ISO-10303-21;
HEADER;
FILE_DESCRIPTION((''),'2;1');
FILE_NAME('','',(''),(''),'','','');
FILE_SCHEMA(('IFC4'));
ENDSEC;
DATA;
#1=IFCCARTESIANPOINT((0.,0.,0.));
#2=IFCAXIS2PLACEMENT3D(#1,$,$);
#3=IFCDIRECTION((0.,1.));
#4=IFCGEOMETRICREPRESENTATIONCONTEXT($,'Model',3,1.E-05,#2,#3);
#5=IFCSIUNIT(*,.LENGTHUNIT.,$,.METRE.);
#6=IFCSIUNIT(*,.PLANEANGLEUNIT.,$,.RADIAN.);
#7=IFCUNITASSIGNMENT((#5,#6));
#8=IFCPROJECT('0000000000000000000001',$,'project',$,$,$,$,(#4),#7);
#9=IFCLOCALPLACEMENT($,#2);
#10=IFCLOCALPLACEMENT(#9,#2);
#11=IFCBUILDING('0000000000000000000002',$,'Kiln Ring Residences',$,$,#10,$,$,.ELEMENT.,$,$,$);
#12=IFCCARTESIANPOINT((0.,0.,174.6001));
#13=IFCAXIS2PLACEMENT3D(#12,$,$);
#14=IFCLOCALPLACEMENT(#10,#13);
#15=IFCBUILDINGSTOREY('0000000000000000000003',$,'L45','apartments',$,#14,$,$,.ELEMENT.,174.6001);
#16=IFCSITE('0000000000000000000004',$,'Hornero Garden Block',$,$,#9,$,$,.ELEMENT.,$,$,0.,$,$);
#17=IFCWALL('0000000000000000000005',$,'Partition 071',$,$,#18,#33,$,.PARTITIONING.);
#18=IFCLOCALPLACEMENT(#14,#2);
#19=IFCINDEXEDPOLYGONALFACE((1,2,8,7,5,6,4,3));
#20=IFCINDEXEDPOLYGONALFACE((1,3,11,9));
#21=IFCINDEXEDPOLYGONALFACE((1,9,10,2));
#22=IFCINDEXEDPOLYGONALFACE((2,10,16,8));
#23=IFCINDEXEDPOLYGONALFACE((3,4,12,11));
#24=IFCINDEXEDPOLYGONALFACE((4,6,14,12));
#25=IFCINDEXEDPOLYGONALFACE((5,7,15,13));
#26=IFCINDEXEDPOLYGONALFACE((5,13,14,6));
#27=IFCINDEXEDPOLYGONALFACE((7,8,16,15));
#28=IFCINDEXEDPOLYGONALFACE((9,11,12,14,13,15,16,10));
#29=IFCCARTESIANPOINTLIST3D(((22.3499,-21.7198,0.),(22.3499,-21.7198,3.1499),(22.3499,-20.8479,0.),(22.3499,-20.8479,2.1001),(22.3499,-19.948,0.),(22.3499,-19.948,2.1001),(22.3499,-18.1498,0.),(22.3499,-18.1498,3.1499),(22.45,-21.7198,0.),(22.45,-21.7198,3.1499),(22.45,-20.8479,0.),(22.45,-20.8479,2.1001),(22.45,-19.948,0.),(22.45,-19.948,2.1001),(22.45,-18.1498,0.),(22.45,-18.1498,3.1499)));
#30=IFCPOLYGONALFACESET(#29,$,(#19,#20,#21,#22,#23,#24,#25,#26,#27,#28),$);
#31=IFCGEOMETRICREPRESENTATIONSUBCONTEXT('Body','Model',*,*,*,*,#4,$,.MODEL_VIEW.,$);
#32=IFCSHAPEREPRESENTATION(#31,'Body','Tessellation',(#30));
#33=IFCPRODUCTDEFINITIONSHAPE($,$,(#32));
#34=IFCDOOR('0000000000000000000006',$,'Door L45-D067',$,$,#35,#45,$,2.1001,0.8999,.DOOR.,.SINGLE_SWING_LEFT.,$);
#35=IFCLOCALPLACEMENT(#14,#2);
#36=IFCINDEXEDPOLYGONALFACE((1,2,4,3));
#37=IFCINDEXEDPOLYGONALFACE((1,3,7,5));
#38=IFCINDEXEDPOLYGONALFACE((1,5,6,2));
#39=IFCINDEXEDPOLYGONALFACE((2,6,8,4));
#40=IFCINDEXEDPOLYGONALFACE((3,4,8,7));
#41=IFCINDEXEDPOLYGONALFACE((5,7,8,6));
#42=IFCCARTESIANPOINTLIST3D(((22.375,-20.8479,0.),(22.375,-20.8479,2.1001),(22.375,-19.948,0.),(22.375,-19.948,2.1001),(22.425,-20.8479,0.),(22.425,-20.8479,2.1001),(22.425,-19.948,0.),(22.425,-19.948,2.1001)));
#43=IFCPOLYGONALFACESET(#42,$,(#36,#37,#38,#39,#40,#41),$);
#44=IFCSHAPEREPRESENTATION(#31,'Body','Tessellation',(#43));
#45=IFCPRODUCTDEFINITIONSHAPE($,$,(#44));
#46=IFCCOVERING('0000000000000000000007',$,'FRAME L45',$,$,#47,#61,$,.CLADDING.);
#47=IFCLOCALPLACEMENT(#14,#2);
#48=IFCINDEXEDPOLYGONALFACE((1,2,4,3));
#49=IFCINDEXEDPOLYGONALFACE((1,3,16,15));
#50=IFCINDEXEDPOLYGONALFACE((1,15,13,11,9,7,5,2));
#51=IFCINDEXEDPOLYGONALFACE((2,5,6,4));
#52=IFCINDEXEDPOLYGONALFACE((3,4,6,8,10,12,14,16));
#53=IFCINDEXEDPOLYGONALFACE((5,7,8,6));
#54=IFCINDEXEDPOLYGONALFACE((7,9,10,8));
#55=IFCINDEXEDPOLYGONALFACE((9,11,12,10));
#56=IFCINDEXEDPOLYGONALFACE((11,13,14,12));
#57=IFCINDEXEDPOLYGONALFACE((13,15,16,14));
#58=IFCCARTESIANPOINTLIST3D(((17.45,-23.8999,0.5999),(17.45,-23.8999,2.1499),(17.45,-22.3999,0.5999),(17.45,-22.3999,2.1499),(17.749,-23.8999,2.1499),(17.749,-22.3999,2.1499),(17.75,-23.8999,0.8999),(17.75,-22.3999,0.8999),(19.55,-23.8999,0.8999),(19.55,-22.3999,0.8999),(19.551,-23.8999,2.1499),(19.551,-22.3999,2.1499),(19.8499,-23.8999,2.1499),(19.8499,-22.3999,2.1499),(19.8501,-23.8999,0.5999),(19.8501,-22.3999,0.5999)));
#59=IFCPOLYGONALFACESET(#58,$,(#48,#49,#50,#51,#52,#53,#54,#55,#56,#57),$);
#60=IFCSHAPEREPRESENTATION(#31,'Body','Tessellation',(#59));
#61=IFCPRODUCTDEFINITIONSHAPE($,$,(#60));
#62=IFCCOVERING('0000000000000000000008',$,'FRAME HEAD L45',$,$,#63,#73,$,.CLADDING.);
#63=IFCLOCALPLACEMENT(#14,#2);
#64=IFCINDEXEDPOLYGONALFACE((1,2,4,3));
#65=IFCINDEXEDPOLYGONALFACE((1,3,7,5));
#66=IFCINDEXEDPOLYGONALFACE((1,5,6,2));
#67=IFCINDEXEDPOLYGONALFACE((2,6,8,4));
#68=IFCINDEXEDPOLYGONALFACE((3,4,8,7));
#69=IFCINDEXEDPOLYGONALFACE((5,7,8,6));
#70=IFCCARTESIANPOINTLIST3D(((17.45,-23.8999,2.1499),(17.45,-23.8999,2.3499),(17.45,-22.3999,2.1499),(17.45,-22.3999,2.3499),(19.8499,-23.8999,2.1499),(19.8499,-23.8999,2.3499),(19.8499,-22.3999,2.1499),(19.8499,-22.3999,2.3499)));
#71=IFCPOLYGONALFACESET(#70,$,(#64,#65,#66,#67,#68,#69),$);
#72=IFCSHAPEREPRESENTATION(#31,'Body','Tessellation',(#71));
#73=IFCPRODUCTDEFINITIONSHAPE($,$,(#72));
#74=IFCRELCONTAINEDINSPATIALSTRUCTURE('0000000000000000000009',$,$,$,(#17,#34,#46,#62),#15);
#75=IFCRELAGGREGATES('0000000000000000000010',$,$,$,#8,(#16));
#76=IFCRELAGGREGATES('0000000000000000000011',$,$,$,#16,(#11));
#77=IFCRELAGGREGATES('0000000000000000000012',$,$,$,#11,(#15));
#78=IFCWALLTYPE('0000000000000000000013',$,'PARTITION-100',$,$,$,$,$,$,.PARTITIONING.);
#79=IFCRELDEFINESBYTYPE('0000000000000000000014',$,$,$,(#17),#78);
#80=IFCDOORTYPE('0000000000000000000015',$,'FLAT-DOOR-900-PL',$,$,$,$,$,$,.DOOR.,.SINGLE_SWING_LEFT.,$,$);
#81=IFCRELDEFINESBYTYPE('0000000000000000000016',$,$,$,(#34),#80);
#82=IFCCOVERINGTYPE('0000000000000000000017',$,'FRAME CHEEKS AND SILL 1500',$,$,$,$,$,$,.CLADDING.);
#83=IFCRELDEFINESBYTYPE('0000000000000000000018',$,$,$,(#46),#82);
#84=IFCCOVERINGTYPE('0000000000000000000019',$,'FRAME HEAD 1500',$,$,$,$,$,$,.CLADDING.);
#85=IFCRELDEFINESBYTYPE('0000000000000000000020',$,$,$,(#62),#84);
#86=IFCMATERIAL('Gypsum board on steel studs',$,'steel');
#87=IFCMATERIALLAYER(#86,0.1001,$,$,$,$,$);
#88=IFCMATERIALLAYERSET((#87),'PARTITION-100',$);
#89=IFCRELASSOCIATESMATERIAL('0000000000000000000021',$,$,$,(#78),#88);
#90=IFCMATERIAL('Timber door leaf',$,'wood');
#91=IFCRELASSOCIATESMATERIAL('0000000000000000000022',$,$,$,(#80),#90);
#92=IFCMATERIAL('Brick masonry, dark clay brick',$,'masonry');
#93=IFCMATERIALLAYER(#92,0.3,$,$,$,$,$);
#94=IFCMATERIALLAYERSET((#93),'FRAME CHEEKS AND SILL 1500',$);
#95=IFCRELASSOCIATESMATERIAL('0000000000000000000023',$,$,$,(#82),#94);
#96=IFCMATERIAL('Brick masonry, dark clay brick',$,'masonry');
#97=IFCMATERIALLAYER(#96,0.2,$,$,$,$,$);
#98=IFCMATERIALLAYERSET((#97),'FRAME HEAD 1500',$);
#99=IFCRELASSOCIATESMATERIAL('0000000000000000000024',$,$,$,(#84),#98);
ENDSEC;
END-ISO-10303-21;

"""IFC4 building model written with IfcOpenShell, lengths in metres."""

from ifc_helpers import new_model, si_unit, direction, frame, frame_2d, origin, origin_2d, place, context, subcontext, project, spatial, polyline, rectangle, outline, extrude, material, layer, layer_set, type_object, element, fill, save


model = new_model("IFC4")

# Units and contexts
model_context = context("Model", 3, precision=1e-05, world=origin(), true_north=direction((0.0, 1.0)))
body_context = subcontext(model_context, "Body", "Model", "MODEL_VIEW")
ifc_project = project(units=[si_unit("LENGTHUNIT", "METRE"), si_unit("PLANEANGLEUNIT", "RADIAN")], contexts=[model_context])

# Site, building, storey
site_placement = place(None, origin())
site = spatial("IfcSite", under=ifc_project, at=site_placement, Name="Hornero Garden Block", CompositionType="ELEMENT", RefElevation=0.0)
building_placement = place(site_placement, origin())
building = spatial("IfcBuilding", under=site, at=building_placement, Name="Kiln Ring Residences", CompositionType="ELEMENT")
storey_placement = place(building_placement, frame((0.0, 0.0, 174.6001)))
storey = spatial("IfcBuildingStorey", under=building, at=storey_placement, Name="L45", Description="apartments", CompositionType="ELEMENT", Elevation=174.6001)

# Wall, opening, door
ifc_material_1 = material(Name="Gypsum board on steel studs", Category="steel")
ifc_layer_1 = layer(ifc_material_1, 0.1001)
ifc_layer_set_1 = layer_set([ifc_layer_1], Name="PARTITION-100")
wall_type_1 = type_object("IfcWallType", Name="PARTITION-100", PredefinedType="PARTITIONING", material=ifc_layer_set_1)
wall_1_placement = place(storey_placement, frame((22.3999, -21.72, 0.0), z_axis=(0.0, 0.0, 1.0), x_axis=(0.0, 1.0, 0.0)))
wall_1 = element("IfcWall", 1, at=wall_1_placement, inside=storey, type_object=wall_type_1, Name="Partition 071", PredefinedType="PARTITIONING", context=body_context, shape_type="SweptSolid", body=[
    extrude(rectangle(XDim=3.5701, YDim=0.1001, at=frame_2d((1.7852, 0.0))), origin(), (0.0, 0.0, 1.0), 3.1499),
])
opening_1_placement = place(wall_1_placement, frame((0.8721, 0.0, 0.0)))
opening_1 = element("IfcOpeningElement", 2, at=opening_1_placement, cuts=wall_1, PredefinedType="OPENING", context=body_context, shape_type="SweptSolid", body=[
    extrude(rectangle(XDim=0.8999, YDim=2.1001, at=frame_2d((0.45, 1.05))), frame((0.0, 0.0601, 0.0), z_axis=(0.0, -1.0, 0.0), x_axis=(1.0, 0.0, 0.0)), (0.0, 0.0, 1.0), 0.1201),
])
ifc_material_2 = material(Name="Timber door leaf", Category="wood")
door_type = type_object("IfcDoorType", Name="FLAT-DOOR-900-PL", OperationType="SINGLE_SWING_LEFT", PredefinedType="DOOR", material=ifc_material_2)
door_placement = place(opening_1_placement, origin())
door = element("IfcDoor", 3, at=door_placement, inside=storey, type_object=door_type, Name="Door L45-D067", OperationType="SINGLE_SWING_LEFT", OverallHeight=2.1001, OverallWidth=0.8999, PredefinedType="DOOR", context=body_context, shape_type="SweptSolid", body=[
    extrude(rectangle(XDim=0.8999, YDim=2.1001, at=frame_2d((0.45, 1.05))), frame((0.0, 0.0249, 0.0), z_axis=(0.0, -1.0, 0.0), x_axis=(1.0, 0.0, 0.0)), (0.0, 0.0, 1.0), 0.05),
])
fill(opening_1, door)

# Coverings
ifc_material_3 = material(Name="Brick masonry, dark clay brick", Category="masonry")
ifc_layer_2 = layer(ifc_material_3, 0.3)
ifc_layer_set_2 = layer_set([ifc_layer_2], Name="FRAME CHEEKS AND SILL 1500")
covering_type_1 = type_object("IfcCoveringType", Name="FRAME CHEEKS AND SILL 1500", PredefinedType="CLADDING", material=ifc_layer_set_2)
covering_1_placement = place(storey_placement, frame((17.45, -23.1499, 0.5999), z_axis=(0.0, 0.0, 1.0), x_axis=(1.0, 0.0, 0.0)))
element("IfcCovering", 4, at=covering_1_placement, inside=storey, type_object=covering_type_1, Name="FRAME L45", PredefinedType="CLADDING", context=body_context, shape_type="SweptSolid", body=[
    extrude(outline(polyline([(0.0, 0.0), (2.4001, 0.0), (2.3999, 1.55), (2.1011, 1.55), (2.1001, 0.3), (0.3, 0.3), (0.2991, 1.55), (0.0, 1.55), (0.0, 0.0)])), frame((0.0, 0.75, 0.0), z_axis=(0.0, -1.0, 0.0), x_axis=(1.0, 0.0, 0.0)), (0.0, 0.0, 1.0), 1.5),
])
ifc_material_4 = material(Name="Brick masonry, dark clay brick", Category="masonry")
ifc_layer_3 = layer(ifc_material_4, 0.2)
ifc_layer_set_3 = layer_set([ifc_layer_3], Name="FRAME HEAD 1500")
covering_type_2 = type_object("IfcCoveringType", Name="FRAME HEAD 1500", PredefinedType="CLADDING", material=ifc_layer_set_3)
covering_2_placement = place(storey_placement, frame((18.6499, -23.1499, 2.1499), z_axis=(0.0, 0.0, 1.0), x_axis=(1.0, 0.0, 0.0)))
element("IfcCovering", 5, at=covering_2_placement, inside=storey, type_object=covering_type_2, Name="FRAME HEAD L45", PredefinedType="CLADDING", context=body_context, shape_type="SweptSolid", body=[
    extrude(rectangle(XDim=2.3999, YDim=1.5, at=origin_2d()), origin(), (0.0, 0.0, 1.0), 0.2),
])

save(model, "model.ifc")
